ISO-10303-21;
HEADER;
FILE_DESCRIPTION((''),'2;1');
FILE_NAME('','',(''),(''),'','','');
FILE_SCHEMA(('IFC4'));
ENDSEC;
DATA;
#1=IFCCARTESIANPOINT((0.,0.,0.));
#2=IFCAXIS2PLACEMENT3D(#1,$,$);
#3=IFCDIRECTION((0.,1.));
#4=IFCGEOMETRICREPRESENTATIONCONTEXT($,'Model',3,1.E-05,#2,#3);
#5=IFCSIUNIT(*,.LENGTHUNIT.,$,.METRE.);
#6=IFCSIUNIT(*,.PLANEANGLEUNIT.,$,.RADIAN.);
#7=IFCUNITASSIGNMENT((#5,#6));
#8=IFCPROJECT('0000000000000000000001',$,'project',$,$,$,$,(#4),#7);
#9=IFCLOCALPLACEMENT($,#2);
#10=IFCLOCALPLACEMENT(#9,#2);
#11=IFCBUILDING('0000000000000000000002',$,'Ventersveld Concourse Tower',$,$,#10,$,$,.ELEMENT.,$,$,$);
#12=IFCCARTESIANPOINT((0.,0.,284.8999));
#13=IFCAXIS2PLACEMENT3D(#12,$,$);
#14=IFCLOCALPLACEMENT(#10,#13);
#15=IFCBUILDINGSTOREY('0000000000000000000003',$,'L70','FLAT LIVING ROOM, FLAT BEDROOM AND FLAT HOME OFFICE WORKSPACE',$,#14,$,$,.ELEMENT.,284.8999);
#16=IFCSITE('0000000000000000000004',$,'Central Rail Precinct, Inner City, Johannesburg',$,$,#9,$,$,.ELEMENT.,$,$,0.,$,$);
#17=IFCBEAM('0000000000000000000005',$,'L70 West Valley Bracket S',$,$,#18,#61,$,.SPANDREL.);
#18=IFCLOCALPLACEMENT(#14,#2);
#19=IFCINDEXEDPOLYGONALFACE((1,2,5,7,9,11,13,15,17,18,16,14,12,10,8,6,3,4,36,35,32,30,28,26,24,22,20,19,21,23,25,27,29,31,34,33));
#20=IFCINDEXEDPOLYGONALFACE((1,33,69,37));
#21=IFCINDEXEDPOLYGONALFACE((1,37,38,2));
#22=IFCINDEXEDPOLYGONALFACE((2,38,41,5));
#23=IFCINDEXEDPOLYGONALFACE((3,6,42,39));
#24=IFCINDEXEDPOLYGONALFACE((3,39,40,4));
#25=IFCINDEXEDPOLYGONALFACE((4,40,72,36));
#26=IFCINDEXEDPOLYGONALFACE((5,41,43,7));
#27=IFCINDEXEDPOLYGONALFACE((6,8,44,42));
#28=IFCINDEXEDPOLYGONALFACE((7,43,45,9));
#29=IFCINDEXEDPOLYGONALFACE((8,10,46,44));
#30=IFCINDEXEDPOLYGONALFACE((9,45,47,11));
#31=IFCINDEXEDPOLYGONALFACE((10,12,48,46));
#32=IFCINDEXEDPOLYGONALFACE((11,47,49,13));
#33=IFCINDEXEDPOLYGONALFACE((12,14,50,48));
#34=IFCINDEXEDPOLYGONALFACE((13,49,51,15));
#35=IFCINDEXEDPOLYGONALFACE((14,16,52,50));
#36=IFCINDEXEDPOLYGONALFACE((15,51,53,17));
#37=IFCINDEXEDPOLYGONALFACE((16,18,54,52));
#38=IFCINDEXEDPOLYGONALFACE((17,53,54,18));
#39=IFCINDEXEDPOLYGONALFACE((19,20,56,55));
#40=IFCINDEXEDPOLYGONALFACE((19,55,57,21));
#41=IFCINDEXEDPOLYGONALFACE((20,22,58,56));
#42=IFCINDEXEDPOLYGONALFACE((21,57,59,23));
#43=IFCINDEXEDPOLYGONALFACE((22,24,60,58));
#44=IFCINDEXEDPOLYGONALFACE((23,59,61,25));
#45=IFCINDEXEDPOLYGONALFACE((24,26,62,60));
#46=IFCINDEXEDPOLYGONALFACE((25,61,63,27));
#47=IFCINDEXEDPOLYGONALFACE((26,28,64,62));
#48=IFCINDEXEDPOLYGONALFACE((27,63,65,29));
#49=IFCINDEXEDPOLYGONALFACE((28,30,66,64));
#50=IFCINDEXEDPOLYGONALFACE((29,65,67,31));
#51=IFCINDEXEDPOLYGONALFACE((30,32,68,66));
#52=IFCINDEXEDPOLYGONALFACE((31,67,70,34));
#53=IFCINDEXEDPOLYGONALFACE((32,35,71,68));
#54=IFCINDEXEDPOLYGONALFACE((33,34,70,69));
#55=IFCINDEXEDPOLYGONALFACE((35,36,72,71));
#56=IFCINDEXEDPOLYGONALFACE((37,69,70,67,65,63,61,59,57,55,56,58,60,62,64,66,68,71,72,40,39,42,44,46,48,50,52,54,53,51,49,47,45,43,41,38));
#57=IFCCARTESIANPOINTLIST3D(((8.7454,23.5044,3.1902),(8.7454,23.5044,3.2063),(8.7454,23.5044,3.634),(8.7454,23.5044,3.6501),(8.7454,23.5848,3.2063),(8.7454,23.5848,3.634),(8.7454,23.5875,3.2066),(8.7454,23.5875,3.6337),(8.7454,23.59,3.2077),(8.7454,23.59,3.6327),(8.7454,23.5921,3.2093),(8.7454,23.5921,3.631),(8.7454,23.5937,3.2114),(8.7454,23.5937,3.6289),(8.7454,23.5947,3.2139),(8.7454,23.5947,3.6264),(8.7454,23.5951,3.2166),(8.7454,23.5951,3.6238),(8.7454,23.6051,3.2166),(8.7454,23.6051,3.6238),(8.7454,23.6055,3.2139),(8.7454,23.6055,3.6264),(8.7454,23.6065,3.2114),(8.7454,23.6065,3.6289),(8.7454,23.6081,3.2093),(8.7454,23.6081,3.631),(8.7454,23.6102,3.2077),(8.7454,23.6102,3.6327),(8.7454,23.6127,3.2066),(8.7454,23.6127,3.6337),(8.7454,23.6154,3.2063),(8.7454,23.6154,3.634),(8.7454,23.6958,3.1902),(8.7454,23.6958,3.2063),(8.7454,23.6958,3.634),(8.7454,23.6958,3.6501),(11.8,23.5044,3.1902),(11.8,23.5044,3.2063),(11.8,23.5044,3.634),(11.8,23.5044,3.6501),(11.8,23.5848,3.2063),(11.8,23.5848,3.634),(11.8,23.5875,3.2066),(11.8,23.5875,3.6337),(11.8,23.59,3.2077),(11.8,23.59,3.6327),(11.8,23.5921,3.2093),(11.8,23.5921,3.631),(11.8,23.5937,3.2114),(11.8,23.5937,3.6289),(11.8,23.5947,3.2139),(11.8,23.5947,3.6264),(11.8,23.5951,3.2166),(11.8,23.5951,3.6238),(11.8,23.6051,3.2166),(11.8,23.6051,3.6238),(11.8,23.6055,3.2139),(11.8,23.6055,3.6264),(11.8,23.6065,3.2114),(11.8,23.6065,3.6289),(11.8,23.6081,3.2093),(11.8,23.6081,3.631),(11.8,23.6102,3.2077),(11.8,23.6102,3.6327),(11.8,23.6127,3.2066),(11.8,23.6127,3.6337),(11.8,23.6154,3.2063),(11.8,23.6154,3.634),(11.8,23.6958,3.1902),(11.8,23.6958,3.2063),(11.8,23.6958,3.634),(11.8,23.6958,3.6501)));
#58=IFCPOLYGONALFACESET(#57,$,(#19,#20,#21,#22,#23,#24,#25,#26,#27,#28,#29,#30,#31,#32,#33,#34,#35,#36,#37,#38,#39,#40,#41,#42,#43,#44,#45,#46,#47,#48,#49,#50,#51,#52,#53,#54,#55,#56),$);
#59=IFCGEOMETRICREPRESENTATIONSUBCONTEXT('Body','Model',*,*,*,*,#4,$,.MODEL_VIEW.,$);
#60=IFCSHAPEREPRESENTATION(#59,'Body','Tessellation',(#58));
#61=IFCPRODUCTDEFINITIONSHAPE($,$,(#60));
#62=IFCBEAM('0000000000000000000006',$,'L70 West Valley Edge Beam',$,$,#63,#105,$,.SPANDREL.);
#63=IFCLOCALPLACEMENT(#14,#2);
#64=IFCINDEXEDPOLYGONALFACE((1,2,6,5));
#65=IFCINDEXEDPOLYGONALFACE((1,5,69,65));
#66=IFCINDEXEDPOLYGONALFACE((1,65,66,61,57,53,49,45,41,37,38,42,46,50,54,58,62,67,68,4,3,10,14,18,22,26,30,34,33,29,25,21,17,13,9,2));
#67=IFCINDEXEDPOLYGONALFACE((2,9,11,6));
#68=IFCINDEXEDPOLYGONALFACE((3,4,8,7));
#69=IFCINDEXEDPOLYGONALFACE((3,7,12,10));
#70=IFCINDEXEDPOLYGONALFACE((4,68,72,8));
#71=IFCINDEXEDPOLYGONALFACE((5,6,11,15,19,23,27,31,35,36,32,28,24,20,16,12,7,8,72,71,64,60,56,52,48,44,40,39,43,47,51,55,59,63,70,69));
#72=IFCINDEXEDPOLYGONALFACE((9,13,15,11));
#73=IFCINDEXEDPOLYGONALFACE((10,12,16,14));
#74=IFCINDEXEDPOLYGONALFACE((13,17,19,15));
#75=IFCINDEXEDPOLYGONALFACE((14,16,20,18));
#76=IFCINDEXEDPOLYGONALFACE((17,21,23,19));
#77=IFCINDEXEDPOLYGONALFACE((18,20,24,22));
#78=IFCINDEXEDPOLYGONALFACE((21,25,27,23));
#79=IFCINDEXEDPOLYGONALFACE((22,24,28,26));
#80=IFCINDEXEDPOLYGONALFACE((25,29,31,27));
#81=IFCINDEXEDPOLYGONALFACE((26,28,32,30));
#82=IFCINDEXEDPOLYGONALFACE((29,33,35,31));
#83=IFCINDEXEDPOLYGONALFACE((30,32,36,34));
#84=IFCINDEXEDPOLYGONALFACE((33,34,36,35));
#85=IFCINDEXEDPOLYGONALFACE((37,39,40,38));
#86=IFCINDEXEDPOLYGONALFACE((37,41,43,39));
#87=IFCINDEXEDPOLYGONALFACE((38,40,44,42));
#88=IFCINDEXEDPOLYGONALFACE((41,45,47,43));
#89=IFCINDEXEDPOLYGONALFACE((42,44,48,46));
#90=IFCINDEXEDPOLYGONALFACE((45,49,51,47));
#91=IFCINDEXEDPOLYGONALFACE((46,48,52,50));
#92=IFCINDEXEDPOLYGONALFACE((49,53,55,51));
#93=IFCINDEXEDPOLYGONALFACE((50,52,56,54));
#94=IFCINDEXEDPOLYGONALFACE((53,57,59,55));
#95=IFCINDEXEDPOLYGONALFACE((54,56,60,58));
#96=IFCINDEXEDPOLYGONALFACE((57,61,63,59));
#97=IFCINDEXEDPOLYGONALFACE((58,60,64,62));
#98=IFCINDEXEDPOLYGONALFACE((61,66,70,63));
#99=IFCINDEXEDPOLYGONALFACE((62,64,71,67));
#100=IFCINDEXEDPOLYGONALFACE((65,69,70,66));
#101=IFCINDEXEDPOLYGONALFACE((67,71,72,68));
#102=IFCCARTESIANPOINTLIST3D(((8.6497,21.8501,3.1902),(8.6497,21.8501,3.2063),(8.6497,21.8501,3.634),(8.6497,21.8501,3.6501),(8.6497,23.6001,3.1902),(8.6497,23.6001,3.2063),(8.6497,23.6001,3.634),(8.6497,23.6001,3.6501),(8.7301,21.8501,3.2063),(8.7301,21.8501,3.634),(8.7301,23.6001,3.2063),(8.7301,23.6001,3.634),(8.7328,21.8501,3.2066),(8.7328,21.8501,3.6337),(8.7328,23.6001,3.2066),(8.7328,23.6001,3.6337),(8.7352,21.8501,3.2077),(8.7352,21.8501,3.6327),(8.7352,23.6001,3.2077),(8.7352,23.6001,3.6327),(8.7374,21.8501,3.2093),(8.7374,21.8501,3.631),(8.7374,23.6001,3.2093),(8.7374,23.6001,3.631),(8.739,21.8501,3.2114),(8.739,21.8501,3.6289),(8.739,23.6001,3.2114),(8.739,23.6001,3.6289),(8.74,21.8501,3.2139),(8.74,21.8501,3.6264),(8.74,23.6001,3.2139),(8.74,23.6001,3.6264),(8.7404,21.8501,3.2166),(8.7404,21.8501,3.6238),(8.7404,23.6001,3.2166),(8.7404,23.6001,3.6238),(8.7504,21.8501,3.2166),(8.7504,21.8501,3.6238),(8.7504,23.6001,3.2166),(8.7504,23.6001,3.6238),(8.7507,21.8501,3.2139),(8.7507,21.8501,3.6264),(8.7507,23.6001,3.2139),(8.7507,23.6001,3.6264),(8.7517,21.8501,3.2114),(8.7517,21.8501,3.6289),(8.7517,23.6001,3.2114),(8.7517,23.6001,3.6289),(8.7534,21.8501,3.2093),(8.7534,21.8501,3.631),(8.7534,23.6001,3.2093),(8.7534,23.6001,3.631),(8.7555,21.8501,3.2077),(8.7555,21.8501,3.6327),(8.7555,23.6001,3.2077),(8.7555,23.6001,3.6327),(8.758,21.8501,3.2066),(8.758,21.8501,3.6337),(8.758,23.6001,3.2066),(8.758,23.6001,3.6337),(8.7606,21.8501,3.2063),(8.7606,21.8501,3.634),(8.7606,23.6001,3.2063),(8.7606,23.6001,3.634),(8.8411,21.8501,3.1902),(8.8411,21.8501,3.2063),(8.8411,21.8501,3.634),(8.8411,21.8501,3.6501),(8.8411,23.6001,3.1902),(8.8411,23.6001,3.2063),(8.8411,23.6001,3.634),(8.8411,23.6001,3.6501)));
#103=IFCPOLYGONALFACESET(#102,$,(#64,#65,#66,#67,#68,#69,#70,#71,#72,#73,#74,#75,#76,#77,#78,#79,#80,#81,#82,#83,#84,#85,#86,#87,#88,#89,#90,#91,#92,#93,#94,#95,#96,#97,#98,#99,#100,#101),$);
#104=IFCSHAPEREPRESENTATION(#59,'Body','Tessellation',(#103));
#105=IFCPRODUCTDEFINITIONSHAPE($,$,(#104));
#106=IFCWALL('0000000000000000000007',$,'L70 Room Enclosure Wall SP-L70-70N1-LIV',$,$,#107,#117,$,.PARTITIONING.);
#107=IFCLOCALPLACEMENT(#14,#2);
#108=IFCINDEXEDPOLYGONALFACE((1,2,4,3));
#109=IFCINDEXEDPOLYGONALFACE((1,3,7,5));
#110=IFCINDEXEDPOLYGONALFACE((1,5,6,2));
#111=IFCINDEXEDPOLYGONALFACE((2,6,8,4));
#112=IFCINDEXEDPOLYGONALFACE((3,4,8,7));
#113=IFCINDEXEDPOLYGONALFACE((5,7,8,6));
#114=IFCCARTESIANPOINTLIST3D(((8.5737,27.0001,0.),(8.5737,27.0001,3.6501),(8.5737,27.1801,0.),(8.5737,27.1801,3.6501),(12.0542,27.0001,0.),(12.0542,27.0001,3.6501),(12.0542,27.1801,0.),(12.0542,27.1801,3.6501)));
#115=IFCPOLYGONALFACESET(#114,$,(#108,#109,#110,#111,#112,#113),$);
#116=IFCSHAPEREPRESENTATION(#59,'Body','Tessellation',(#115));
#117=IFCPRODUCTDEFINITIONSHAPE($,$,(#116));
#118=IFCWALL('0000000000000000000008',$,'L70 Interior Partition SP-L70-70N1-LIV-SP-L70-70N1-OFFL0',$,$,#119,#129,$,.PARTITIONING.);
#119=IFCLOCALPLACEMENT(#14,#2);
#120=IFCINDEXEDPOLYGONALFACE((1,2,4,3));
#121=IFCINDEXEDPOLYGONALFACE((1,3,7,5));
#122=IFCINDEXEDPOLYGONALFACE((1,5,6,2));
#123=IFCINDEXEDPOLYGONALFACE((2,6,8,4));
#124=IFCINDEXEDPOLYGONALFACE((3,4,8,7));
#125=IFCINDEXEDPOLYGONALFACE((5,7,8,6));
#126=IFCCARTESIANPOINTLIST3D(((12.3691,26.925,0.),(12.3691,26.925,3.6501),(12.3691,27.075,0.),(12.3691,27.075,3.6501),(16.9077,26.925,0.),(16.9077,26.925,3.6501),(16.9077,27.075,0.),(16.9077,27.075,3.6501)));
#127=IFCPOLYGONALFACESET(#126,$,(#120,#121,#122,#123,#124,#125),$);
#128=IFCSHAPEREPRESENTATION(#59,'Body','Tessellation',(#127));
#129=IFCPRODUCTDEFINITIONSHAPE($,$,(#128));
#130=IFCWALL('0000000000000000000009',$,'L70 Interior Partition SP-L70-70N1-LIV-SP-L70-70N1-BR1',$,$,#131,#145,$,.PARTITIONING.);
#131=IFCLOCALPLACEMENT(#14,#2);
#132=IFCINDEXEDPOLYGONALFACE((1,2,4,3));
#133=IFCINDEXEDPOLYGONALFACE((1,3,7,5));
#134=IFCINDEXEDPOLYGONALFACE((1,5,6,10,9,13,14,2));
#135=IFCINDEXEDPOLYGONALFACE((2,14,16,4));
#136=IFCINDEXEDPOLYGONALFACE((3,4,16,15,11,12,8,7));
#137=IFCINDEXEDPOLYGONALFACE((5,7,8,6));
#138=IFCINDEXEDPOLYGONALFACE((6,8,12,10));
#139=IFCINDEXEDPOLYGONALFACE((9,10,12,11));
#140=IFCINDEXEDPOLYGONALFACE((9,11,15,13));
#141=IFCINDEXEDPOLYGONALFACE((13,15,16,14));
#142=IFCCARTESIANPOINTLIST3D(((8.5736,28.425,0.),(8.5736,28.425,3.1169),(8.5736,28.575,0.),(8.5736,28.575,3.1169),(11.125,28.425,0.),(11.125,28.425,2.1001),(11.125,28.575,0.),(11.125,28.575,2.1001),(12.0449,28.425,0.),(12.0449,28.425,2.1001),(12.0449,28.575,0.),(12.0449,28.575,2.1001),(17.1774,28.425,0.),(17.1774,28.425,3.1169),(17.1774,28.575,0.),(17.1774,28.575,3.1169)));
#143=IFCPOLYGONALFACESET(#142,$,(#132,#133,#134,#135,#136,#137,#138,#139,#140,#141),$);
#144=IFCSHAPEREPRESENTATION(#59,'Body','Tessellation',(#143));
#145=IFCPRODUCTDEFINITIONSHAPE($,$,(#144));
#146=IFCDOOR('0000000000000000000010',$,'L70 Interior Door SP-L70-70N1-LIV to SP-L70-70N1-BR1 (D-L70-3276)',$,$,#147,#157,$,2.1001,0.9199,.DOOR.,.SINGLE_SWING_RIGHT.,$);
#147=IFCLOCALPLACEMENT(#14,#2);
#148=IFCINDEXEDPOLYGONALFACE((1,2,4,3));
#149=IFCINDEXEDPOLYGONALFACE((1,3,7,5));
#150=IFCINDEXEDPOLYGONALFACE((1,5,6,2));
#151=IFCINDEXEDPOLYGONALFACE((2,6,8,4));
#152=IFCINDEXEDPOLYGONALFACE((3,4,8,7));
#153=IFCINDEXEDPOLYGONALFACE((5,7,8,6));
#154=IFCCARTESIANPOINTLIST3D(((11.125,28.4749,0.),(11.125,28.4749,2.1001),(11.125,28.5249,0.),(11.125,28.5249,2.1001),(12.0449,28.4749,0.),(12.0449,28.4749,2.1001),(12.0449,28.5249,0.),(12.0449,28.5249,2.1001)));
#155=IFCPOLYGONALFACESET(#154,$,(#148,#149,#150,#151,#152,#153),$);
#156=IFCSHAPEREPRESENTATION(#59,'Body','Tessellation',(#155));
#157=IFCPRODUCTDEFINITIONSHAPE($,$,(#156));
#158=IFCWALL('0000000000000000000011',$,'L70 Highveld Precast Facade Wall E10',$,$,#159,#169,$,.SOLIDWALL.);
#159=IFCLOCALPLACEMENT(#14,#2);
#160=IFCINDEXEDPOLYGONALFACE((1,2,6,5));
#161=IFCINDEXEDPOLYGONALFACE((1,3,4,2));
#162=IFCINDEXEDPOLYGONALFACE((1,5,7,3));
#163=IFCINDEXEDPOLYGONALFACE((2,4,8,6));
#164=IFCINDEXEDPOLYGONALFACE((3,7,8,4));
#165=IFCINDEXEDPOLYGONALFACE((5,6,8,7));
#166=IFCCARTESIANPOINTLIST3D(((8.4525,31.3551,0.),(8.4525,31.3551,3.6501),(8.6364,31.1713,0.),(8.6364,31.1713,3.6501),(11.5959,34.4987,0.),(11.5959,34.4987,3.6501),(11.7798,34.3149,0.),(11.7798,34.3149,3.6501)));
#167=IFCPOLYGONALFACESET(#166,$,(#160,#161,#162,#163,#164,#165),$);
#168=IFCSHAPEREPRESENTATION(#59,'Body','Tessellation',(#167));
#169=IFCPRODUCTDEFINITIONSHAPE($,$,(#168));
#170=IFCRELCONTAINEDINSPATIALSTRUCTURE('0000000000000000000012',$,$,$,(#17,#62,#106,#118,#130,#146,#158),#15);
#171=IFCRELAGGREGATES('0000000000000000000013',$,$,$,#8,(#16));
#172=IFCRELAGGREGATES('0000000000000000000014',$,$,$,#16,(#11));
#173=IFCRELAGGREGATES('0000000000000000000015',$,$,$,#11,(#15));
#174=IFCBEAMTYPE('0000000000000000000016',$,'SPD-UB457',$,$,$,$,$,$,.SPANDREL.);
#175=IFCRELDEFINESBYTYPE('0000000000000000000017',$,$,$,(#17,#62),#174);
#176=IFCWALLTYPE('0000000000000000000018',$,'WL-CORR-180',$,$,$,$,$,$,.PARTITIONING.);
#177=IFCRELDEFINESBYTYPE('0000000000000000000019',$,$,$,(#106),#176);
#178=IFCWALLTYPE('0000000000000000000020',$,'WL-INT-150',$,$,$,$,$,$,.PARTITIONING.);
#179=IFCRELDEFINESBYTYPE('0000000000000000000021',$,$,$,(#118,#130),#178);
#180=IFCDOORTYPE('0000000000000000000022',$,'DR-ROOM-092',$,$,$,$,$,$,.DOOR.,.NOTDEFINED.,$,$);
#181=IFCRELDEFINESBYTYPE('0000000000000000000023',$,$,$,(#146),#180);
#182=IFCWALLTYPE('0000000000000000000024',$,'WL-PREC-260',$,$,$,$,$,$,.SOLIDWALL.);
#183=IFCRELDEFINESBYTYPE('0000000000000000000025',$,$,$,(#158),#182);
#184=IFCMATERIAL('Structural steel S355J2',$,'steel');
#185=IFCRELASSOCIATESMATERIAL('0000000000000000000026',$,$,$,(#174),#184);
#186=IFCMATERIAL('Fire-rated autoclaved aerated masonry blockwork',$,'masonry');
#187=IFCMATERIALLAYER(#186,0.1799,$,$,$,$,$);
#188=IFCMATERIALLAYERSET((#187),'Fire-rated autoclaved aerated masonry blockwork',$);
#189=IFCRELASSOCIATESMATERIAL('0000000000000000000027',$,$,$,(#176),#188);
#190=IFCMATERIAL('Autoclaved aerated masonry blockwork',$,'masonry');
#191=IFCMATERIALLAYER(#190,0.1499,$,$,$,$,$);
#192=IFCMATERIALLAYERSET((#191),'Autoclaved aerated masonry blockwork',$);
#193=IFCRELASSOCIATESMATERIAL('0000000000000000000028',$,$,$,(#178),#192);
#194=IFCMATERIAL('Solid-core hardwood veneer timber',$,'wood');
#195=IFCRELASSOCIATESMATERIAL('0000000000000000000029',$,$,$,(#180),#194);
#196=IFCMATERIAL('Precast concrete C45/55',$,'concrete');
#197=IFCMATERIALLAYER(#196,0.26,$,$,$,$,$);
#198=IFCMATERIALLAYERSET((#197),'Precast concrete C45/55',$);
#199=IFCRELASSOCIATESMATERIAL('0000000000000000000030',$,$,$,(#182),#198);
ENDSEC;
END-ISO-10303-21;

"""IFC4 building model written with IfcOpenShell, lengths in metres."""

from ifc_helpers import new_model, si_unit, direction, frame, frame_2d, origin, origin_2d, place, context, subcontext, project, spatial, rectangle, i_section, extrude, material, layer, layer_set, material_profile, profile_set, type_object, element, fill, save


model = new_model("IFC4")

# Units and contexts
model_context = context("Model", 3, precision=1e-05, world=origin(), true_north=direction((0.0, 1.0)))
body_context = subcontext(model_context, "Body", "Model", "MODEL_VIEW")
ifc_project = project(units=[si_unit("LENGTHUNIT", "METRE"), si_unit("PLANEANGLEUNIT", "RADIAN")], contexts=[model_context])

# Site, building, storey
site_placement = place(None, origin())
site = spatial("IfcSite", under=ifc_project, at=site_placement, Name="Central Rail Precinct, Inner City, Johannesburg", CompositionType="ELEMENT", RefElevation=0.0)
building_placement = place(site_placement, origin())
building = spatial("IfcBuilding", under=site, at=building_placement, Name="Ventersveld Concourse Tower", CompositionType="ELEMENT")
storey_placement = place(building_placement, frame((0.0, 0.0, 284.8999)))
storey = spatial("IfcBuildingStorey", under=building, at=storey_placement, Name="L70", Description="FLAT LIVING ROOM, FLAT BEDROOM AND FLAT HOME OFFICE WORKSPACE", CompositionType="ELEMENT", Elevation=284.8999)

# Beams
ifc_material_1 = material(Name="Structural steel S355J2", Category="steel")
ifc_material_profile_1 = material_profile(ifc_material_1, i_section(OverallWidth=0.1914, OverallDepth=0.46, WebThickness=0.01, FlangeThickness=0.0161, FilletRadius=0.0103, at=origin_2d()), Name="UB 457x191x82")
ifc_profile_set_1 = profile_set([ifc_material_profile_1], Name="Structural steel S355J2")
beam_type_1 = type_object("IfcBeamType", Name="SPD-UB457", PredefinedType="SPANDREL", material=ifc_profile_set_1)
beam_1_placement = place(storey_placement, frame((8.7454, 23.6001, 3.4202), z_axis=(1.0, 0.0, 0.0), x_axis=(0.0, 1.0, 0.0)))
element("IfcBeam", 1, at=beam_1_placement, inside=storey, type_object=beam_type_1, Name="L70 West Valley Bracket S", PredefinedType="SPANDREL", context=body_context, shape_type="SweptSolid", body=[
    extrude(i_section(OverallWidth=0.1914, OverallDepth=0.46, WebThickness=0.01, FlangeThickness=0.0161, FilletRadius=0.0103, at=origin_2d()), origin(), (0.0, 0.0, 1.0), 3.0547),
])
beam_2_placement = place(storey_placement, frame((8.7454, 21.8501, 3.4202), z_axis=(0.0, 1.0, 0.0), x_axis=(-1.0, 0.0, 0.0)))
element("IfcBeam", 2, at=beam_2_placement, inside=storey, type_object=beam_type_1, Name="L70 West Valley Edge Beam", PredefinedType="SPANDREL", context=body_context, shape_type="SweptSolid", body=[
    extrude(i_section(OverallWidth=0.1914, OverallDepth=0.46, WebThickness=0.01, FlangeThickness=0.0161, FilletRadius=0.0103, at=origin_2d()), origin(), (0.0, 0.0, 1.0), 1.75),
])

# Walls
ifc_material_2 = material(Name="Fire-rated autoclaved aerated masonry blockwork", Category="masonry")
ifc_layer_1 = layer(ifc_material_2, 0.1799)
ifc_layer_set_1 = layer_set([ifc_layer_1], Name="Fire-rated autoclaved aerated masonry blockwork")
wall_type_1 = type_object("IfcWallType", Name="WL-CORR-180", PredefinedType="PARTITIONING", material=ifc_layer_set_1)
wall_1_placement = place(storey_placement, frame((12.0542, 27.0901, 0.0), z_axis=(0.0, 0.0, 1.0), x_axis=(-1.0, 0.0, 0.0)))
element("IfcWall", 3, at=wall_1_placement, inside=storey, type_object=wall_type_1, Name="L70 Room Enclosure Wall SP-L70-70N1-LIV", PredefinedType="PARTITIONING", context=body_context, shape_type="SweptSolid", body=[
    extrude(rectangle(XDim=3.4805, YDim=0.1799, at=frame_2d((1.7402, 0.0))), origin(), (0.0, 0.0, 1.0), 3.6501),
])
ifc_material_3 = material(Name="Autoclaved aerated masonry blockwork", Category="masonry")
ifc_layer_2 = layer(ifc_material_3, 0.1499)
ifc_layer_set_2 = layer_set([ifc_layer_2], Name="Autoclaved aerated masonry blockwork")
wall_type_2 = type_object("IfcWallType", Name="WL-INT-150", PredefinedType="PARTITIONING", material=ifc_layer_set_2)
wall_2_placement = place(storey_placement, frame((12.3691, 27.0, 0.0), z_axis=(0.0, 0.0, 1.0), x_axis=(1.0, 0.0, 0.0)))
element("IfcWall", 4, at=wall_2_placement, inside=storey, type_object=wall_type_2, Name="L70 Interior Partition SP-L70-70N1-LIV-SP-L70-70N1-OFFL0", PredefinedType="PARTITIONING", context=body_context, shape_type="SweptSolid", body=[
    extrude(rectangle(XDim=4.5386, YDim=0.1499, at=frame_2d((2.2693, 0.0))), origin(), (0.0, 0.0, 1.0), 3.6501),
])

# Wall, opening, door
wall_3_placement = place(storey_placement, frame((8.5737, 28.5, 0.0), z_axis=(0.0, 0.0, 1.0), x_axis=(1.0, 0.0, 0.0)))
wall_3 = element("IfcWall", 5, at=wall_3_placement, inside=storey, type_object=wall_type_2, Name="L70 Interior Partition SP-L70-70N1-LIV-SP-L70-70N1-BR1", PredefinedType="PARTITIONING", context=body_context, shape_type="SweptSolid", body=[
    extrude(rectangle(XDim=8.6038, YDim=0.1499, at=frame_2d((4.3018, 0.0))), origin(), (0.0, 0.0, 1.0), 3.1169),
])
opening_1_placement = place(wall_3_placement, frame((2.5513, 0.0, 0.0)))
opening_1 = element("IfcOpeningElement", 6, at=opening_1_placement, cuts=wall_3, PredefinedType="OPENING", context=body_context, shape_type="SweptSolid", body=[
    extrude(rectangle(XDim=0.9199, YDim=2.1001, at=frame_2d((0.46, 1.05))), frame((0.0, 0.085, 0.0), z_axis=(0.0, -1.0, 0.0), x_axis=(1.0, 0.0, 0.0)), (0.0, 0.0, 1.0), 0.1699),
])
ifc_material_4 = material(Name="Solid-core hardwood veneer timber", Category="wood")
door_type_1 = type_object("IfcDoorType", Name="DR-ROOM-092", OperationType="NOTDEFINED", PredefinedType="DOOR", material=ifc_material_4)
door_1_placement = place(opening_1_placement, origin())
door_1 = element("IfcDoor", 7, at=door_1_placement, inside=storey, type_object=door_type_1, Name="L70 Interior Door SP-L70-70N1-LIV to SP-L70-70N1-BR1 (D-L70-3276)", OperationType="SINGLE_SWING_RIGHT", OverallHeight=2.1001, OverallWidth=0.9199, PredefinedType="DOOR", context=body_context, shape_type="SweptSolid", body=[
    extrude(rectangle(XDim=0.9199, YDim=2.1001, at=frame_2d((0.46, 1.05))), frame((0.0, 0.0249, 0.0), z_axis=(0.0, -1.0, 0.0), x_axis=(1.0, 0.0, 0.0)), (0.0, 0.0, 1.0), 0.05),
])
fill(opening_1, door_1)

# Wall
ifc_material_5 = material(Name="Precast concrete C45/55", Category="concrete")
ifc_layer_3 = layer(ifc_material_5, 0.26)
ifc_layer_set_3 = layer_set([ifc_layer_3], Name="Precast concrete C45/55")
wall_type_3 = type_object("IfcWallType", Name="WL-PREC-260", PredefinedType="SOLIDWALL", material=ifc_layer_set_3)
wall_4_placement = place(storey_placement, frame((11.6877, 34.4067, 0.0), z_axis=(0.0, 0.0, 1.0), x_axis=(-0.707079, -0.707134, 0.0)))
element("IfcWall", 8, at=wall_4_placement, inside=storey, type_object=wall_type_3, Name="L70 Highveld Precast Facade Wall E10", PredefinedType="SOLIDWALL", context=body_context, shape_type="SweptSolid", body=[
    extrude(rectangle(XDim=4.4456, YDim=0.26, at=frame_2d((2.2227, 0.0))), origin(), (0.0, 0.0, 1.0), 3.6501),
])

save(model, "model.ifc")
